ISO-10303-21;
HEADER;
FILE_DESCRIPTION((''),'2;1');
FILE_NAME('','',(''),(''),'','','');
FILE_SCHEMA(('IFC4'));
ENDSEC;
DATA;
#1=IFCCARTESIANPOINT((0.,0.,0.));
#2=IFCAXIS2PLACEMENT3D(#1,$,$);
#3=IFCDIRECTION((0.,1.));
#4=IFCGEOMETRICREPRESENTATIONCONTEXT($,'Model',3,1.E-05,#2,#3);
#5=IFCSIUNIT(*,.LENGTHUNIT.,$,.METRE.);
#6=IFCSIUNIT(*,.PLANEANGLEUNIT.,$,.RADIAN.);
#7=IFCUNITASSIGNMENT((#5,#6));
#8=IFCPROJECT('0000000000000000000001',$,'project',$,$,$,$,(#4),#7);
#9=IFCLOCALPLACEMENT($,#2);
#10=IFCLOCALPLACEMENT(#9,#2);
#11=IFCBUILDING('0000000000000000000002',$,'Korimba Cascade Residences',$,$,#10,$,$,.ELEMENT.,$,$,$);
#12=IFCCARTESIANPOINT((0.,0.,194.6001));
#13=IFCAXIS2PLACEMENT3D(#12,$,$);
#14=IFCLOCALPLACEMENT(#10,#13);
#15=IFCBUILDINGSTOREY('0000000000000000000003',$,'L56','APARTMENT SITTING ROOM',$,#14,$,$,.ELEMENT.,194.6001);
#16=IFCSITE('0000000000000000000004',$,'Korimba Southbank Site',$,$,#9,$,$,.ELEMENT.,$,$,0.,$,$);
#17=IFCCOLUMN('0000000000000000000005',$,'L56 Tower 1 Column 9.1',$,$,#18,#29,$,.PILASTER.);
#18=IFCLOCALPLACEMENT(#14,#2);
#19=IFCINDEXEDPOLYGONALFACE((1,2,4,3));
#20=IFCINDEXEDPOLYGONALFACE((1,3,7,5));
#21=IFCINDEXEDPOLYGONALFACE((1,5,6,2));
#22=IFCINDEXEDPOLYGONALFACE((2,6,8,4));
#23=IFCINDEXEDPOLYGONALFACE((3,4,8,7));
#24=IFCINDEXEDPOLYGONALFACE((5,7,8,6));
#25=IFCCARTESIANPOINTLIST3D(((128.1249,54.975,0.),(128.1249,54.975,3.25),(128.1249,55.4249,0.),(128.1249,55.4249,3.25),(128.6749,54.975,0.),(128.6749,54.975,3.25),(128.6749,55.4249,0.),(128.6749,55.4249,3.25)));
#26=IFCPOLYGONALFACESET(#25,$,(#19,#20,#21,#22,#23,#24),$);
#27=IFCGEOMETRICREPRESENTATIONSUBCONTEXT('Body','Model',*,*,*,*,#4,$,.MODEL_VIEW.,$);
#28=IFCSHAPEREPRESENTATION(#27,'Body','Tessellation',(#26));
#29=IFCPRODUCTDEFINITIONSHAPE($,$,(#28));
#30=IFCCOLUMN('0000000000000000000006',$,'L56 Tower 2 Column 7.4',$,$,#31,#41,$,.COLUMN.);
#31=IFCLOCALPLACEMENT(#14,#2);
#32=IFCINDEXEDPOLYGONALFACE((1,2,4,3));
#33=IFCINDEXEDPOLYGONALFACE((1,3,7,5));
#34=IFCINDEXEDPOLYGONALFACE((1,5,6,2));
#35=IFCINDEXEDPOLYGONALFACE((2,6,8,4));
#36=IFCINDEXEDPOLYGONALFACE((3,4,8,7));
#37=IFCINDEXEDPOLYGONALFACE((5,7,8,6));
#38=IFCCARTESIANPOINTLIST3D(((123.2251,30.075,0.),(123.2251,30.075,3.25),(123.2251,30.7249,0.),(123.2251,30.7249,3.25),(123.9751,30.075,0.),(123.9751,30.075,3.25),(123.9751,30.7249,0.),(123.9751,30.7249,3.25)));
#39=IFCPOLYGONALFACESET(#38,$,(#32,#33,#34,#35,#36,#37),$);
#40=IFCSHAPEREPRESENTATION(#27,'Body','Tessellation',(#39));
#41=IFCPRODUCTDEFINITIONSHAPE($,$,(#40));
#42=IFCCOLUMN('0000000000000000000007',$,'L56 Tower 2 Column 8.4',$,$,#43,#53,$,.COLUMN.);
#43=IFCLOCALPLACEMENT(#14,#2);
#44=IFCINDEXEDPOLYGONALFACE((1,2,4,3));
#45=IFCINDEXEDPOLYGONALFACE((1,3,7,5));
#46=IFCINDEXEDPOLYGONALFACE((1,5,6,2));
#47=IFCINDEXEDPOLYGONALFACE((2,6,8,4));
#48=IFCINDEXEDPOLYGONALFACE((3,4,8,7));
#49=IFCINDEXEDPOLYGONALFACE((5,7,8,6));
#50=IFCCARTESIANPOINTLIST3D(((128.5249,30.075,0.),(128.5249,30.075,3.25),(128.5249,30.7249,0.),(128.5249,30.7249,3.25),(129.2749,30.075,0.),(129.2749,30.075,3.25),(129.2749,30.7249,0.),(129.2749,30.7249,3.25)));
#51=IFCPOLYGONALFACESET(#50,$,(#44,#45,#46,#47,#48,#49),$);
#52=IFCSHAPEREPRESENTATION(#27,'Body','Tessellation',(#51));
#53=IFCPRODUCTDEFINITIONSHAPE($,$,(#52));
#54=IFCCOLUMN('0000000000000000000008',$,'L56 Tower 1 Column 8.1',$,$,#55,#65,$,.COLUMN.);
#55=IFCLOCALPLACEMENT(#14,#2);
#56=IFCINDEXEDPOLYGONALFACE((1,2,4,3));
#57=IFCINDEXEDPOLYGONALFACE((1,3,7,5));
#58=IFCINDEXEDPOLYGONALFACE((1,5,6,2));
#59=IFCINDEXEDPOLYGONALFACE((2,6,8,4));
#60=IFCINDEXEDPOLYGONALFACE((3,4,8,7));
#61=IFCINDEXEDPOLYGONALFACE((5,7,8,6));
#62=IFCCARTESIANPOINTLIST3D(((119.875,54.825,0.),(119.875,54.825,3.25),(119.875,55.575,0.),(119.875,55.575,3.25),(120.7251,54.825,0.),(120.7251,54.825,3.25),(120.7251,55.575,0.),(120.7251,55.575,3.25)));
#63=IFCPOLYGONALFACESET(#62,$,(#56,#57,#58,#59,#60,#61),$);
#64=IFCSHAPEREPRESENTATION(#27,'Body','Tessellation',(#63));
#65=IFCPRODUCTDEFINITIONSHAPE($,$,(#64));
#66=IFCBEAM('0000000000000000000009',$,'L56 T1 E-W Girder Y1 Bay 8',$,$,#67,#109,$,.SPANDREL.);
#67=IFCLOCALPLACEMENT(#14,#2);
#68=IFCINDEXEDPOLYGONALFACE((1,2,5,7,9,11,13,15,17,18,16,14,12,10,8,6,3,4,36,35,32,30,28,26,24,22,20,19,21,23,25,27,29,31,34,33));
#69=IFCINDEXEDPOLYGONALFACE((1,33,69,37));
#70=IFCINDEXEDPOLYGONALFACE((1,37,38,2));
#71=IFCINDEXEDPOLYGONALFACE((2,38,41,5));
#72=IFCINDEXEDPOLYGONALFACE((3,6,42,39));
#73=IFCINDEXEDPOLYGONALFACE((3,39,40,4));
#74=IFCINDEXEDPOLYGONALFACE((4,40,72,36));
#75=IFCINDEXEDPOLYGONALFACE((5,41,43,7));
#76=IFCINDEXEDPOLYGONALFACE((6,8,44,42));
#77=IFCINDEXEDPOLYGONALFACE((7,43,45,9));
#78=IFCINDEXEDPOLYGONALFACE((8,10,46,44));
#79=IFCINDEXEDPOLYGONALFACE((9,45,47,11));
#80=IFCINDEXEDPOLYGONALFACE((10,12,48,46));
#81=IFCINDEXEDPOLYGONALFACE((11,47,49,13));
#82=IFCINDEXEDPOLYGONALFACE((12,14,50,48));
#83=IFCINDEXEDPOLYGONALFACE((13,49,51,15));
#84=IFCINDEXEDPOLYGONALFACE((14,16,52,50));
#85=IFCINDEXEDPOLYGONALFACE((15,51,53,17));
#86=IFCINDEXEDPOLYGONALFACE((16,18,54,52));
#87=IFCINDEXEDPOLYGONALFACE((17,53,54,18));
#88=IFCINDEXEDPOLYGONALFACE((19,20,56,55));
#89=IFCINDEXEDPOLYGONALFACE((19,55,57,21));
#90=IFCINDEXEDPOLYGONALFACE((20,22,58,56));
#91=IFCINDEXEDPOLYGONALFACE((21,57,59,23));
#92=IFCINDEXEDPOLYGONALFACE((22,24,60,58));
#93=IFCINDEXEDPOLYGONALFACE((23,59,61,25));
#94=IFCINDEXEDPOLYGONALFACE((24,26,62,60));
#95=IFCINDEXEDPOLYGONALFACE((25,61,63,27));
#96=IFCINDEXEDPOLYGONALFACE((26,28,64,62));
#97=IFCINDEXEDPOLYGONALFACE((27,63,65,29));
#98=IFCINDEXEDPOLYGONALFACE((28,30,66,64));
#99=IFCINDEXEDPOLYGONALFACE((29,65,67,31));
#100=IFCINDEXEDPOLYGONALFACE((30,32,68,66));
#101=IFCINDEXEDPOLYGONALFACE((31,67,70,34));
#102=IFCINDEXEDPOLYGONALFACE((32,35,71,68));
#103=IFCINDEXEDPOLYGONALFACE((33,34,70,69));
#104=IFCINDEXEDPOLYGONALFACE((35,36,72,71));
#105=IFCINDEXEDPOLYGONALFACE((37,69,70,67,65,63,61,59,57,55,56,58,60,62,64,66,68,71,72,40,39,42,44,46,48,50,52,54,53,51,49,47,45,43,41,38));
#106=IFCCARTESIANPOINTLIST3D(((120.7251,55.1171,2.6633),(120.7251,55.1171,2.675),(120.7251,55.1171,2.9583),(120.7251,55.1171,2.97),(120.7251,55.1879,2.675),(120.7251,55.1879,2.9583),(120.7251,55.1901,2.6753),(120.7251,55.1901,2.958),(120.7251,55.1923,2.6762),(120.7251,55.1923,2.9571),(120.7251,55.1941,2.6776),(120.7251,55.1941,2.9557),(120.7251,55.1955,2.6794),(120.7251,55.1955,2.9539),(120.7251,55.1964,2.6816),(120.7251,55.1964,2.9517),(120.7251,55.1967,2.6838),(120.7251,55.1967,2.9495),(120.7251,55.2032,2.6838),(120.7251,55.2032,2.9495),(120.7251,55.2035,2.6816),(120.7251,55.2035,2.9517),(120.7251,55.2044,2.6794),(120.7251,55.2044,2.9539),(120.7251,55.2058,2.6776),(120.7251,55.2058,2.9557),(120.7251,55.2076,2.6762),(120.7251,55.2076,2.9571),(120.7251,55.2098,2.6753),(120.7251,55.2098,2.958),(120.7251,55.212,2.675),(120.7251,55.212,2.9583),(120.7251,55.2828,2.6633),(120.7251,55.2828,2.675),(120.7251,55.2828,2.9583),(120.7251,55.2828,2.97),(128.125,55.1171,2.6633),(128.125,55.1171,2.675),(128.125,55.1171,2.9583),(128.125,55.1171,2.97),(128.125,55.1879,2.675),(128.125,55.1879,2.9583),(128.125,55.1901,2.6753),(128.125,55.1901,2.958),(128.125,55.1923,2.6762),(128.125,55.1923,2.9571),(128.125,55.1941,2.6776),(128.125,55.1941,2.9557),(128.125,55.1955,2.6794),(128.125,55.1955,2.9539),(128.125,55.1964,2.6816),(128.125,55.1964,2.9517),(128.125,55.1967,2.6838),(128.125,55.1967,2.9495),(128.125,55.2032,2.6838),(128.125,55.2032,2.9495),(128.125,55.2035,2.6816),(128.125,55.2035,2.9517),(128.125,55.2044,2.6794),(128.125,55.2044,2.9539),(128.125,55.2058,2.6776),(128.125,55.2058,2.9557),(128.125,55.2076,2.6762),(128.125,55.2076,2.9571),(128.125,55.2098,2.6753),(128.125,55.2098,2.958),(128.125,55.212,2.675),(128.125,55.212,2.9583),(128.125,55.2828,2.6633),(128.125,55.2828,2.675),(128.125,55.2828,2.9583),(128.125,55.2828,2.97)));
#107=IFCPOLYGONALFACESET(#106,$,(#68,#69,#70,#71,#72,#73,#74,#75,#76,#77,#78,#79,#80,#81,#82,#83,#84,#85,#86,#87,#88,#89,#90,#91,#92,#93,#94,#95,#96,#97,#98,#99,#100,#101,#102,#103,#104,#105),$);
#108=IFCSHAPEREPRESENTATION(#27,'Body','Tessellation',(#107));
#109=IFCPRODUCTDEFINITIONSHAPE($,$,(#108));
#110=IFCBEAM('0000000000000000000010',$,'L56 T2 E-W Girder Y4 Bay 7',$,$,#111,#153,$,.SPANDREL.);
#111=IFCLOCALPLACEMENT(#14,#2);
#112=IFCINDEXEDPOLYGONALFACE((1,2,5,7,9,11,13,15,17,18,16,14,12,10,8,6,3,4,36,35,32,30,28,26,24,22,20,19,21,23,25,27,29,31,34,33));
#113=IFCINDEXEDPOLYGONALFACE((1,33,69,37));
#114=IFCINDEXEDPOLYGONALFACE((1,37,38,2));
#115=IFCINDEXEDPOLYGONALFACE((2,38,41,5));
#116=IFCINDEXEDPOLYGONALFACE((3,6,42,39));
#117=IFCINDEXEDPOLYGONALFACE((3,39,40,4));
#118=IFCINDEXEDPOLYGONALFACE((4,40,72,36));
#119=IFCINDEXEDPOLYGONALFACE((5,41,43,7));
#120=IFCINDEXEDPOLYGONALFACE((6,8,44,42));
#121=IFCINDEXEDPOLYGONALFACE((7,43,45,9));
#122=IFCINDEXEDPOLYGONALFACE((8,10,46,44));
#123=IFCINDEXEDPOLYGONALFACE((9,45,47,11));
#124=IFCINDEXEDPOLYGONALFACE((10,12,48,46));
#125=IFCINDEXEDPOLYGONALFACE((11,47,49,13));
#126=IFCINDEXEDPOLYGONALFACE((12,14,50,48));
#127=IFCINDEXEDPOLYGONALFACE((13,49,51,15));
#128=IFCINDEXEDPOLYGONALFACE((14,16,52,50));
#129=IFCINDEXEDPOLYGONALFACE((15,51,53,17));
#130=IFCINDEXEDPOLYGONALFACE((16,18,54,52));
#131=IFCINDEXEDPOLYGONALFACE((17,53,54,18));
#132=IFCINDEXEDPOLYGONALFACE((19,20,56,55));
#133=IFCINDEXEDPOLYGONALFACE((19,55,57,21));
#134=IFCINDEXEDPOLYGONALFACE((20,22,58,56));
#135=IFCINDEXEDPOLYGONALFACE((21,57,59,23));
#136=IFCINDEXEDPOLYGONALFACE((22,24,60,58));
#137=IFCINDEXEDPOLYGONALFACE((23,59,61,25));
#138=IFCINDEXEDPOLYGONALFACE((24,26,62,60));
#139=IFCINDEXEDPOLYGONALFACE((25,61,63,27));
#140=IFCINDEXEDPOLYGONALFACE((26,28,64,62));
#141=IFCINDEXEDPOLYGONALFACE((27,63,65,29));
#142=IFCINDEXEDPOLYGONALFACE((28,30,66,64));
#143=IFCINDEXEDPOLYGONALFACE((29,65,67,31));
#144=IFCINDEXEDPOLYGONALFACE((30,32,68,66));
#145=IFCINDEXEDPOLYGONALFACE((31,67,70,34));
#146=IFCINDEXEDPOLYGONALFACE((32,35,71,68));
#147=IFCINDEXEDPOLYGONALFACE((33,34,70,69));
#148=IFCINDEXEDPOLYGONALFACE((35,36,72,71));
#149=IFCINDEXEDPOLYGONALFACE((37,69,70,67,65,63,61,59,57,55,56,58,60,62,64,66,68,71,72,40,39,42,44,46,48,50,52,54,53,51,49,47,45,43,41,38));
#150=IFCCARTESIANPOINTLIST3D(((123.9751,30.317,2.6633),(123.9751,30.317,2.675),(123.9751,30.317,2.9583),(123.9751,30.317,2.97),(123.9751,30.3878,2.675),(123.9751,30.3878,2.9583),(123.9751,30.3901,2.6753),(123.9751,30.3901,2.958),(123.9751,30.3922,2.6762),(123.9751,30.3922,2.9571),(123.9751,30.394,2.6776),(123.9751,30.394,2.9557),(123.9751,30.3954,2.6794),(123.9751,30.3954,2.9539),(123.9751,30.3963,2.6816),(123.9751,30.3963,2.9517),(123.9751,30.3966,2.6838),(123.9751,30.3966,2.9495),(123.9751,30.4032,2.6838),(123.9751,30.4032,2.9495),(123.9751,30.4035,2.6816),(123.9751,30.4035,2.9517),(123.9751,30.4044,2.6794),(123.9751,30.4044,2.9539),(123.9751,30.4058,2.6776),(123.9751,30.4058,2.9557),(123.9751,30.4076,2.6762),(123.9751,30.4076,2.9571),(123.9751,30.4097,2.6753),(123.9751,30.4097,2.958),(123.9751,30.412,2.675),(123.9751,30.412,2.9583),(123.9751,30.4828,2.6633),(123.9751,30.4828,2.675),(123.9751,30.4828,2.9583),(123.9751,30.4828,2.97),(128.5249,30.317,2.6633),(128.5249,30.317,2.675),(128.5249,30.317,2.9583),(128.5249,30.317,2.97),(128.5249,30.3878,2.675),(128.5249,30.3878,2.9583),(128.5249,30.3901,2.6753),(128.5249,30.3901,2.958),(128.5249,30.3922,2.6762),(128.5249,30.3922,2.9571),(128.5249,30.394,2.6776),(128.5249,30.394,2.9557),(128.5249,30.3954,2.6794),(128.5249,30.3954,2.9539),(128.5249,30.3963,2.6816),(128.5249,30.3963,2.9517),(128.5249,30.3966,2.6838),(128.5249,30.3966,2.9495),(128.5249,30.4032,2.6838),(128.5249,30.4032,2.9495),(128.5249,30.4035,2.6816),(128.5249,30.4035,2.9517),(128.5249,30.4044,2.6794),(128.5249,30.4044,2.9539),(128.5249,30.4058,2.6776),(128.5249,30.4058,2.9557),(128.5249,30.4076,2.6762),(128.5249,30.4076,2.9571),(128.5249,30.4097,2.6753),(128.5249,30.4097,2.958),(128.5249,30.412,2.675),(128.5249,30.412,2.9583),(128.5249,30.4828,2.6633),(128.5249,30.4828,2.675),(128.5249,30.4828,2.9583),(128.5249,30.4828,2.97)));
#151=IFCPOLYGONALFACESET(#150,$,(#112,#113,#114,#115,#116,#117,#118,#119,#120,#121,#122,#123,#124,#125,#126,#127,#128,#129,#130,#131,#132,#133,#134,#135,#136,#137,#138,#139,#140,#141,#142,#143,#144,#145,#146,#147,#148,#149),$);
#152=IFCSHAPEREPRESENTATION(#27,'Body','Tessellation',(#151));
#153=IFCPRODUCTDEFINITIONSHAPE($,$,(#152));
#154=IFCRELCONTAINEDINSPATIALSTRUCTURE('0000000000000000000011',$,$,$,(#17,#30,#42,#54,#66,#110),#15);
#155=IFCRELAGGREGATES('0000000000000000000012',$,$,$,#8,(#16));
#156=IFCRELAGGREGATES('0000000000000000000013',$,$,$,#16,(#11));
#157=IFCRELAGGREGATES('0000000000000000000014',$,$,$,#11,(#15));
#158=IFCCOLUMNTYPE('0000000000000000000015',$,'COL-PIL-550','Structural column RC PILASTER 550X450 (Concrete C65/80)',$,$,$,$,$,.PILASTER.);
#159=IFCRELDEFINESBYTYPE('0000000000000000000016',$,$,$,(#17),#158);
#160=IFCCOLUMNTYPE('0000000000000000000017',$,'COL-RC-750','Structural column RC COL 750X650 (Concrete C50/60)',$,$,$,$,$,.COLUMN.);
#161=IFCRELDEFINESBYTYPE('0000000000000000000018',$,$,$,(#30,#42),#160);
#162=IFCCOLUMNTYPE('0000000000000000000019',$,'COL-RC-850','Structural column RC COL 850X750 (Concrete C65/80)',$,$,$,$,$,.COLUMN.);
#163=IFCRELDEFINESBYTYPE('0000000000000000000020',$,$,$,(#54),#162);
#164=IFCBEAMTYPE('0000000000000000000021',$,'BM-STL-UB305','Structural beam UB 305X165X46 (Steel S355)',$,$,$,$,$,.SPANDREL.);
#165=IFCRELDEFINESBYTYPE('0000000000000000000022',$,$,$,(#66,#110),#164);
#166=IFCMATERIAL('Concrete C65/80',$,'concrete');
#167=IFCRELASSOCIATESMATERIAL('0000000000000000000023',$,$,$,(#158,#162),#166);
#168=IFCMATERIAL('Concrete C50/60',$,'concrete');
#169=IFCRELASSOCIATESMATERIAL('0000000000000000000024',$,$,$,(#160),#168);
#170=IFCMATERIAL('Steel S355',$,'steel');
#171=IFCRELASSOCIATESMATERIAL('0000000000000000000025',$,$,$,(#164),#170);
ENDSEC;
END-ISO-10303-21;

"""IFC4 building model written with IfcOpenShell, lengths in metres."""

from ifc_helpers import new_model, si_unit, direction, frame, origin, origin_2d, place, context, subcontext, project, spatial, rectangle, i_section, extrude, material, material_profile, profile_set, type_object, element, save


model = new_model("IFC4")

# Units and contexts
model_context = context("Model", 3, precision=1e-05, world=origin(), true_north=direction((0.0, 1.0)))
body_context = subcontext(model_context, "Body", "Model", "MODEL_VIEW")
ifc_project = project(units=[si_unit("LENGTHUNIT", "METRE"), si_unit("PLANEANGLEUNIT", "RADIAN")], contexts=[model_context])

# Site, building, storey
site_placement = place(None, origin())
site = spatial("IfcSite", under=ifc_project, at=site_placement, Name="Korimba Southbank Site", CompositionType="ELEMENT", RefElevation=0.0)
building_placement = place(site_placement, origin())
building = spatial("IfcBuilding", under=site, at=building_placement, Name="Korimba Cascade Residences", CompositionType="ELEMENT")
storey_placement = place(building_placement, frame((0.0, 0.0, 194.6001)))
storey = spatial("IfcBuildingStorey", under=building, at=storey_placement, Name="L56", Description="APARTMENT SITTING ROOM", CompositionType="ELEMENT", Elevation=194.6001)

# Columns
ifc_material_1 = material(Name="Concrete C65/80", Category="concrete")
ifc_material_profile_1 = material_profile(ifc_material_1, rectangle(XDim=0.55, YDim=0.45, at=origin_2d()), Name="Concrete C65/80")
ifc_profile_set_1 = profile_set([ifc_material_profile_1], Name="Concrete C65/80")
column_type_1 = type_object("IfcColumnType", Name="COL-PIL-550", Description="Structural column RC PILASTER 550X450 (Concrete C65/80)", PredefinedType="PILASTER", material=ifc_profile_set_1)
column_1_placement = place(storey_placement, frame((128.3999, 55.2, 0.0), z_axis=(0.0, 0.0, 1.0), x_axis=(1.0, 0.0, 0.0)))
element("IfcColumn", 1, at=column_1_placement, inside=storey, type_object=column_type_1, Name="L56 Tower 1 Column 9.1", PredefinedType="PILASTER", context=body_context, shape_type="SweptSolid", body=[
    extrude(rectangle(XDim=0.55, YDim=0.45, at=origin_2d()), origin(), (0.0, 0.0, 1.0), 3.25),
])
ifc_material_2 = material(Name="Concrete C50/60", Category="concrete")
ifc_material_profile_2 = material_profile(ifc_material_2, rectangle(XDim=0.75, YDim=0.6499, at=origin_2d()), Name="Concrete C50/60")
ifc_profile_set_2 = profile_set([ifc_material_profile_2], Name="Concrete C50/60")
column_type_2 = type_object("IfcColumnType", Name="COL-RC-750", Description="Structural column RC COL 750X650 (Concrete C50/60)", PredefinedType="COLUMN", material=ifc_profile_set_2)
for number, where, z_axis, x_axis, name in (
    (2, (123.6001, 30.3999, 0.0), (0.0, 0.0, 1.0), (1.0, 0.0, 0.0), "L56 Tower 2 Column 7.4"),
    (3, (128.8999, 30.3999, 0.0), (0.0, 0.0, 1.0), (1.0, 0.0, 0.0), "L56 Tower 2 Column 8.4"),
):
    element("IfcColumn", number, at=place(storey_placement, frame(where, z_axis=z_axis, x_axis=x_axis)), inside=storey, type_object=column_type_2, Name=name, PredefinedType="COLUMN", context=body_context, shape_type="SweptSolid", body=[
        extrude(rectangle(XDim=0.75, YDim=0.6499, at=origin_2d()), origin(), (0.0, 0.0, 1.0), 3.25),
    ])
ifc_material_profile_3 = material_profile(ifc_material_1, rectangle(XDim=0.8501, YDim=0.75, at=origin_2d()), Name="Concrete C65/80")
ifc_profile_set_3 = profile_set([ifc_material_profile_3], Name="Concrete C65/80")
column_type_3 = type_object("IfcColumnType", Name="COL-RC-850", Description="Structural column RC COL 850X750 (Concrete C65/80)", PredefinedType="COLUMN", material=ifc_profile_set_3)
column_2_placement = place(storey_placement, frame((120.3, 55.2, 0.0), z_axis=(0.0, 0.0, 1.0), x_axis=(1.0, 0.0, 0.0)))
element("IfcColumn", 4, at=column_2_placement, inside=storey, type_object=column_type_3, Name="L56 Tower 1 Column 8.1", PredefinedType="COLUMN", context=body_context, shape_type="SweptSolid", body=[
    extrude(rectangle(XDim=0.8501, YDim=0.75, at=origin_2d()), origin(), (0.0, 0.0, 1.0), 3.25),
])

# Beams
ifc_material_3 = material(Name="Steel S355", Category="steel")
ifc_material_profile_4 = material_profile(ifc_material_3, i_section(OverallWidth=0.1658, OverallDepth=0.3066, WebThickness=0.0066, FlangeThickness=0.0117, FilletRadius=0.0088, at=origin_2d()), Name="Steel S355")
ifc_profile_set_4 = profile_set([ifc_material_profile_4], Name="Steel S355")
beam_type_1 = type_object("IfcBeamType", Name="BM-STL-UB305", Description="Structural beam UB 305X165X46 (Steel S355)", PredefinedType="SPANDREL", material=ifc_profile_set_4)
beam_1_placement = place(storey_placement, frame((120.7251, 55.2, 2.8167), z_axis=(1.0, 0.0, 0.0), x_axis=(0.0, 1.0, 0.0)))
element("IfcBeam", 5, at=beam_1_placement, inside=storey, type_object=beam_type_1, Name="L56 T1 E-W Girder Y1 Bay 8", PredefinedType="SPANDREL", context=body_context, shape_type="SweptSolid", body=[
    extrude(i_section(OverallWidth=0.1658, OverallDepth=0.3066, WebThickness=0.0066, FlangeThickness=0.0117, FilletRadius=0.0088, at=origin_2d()), origin(), (0.0, 0.0, 1.0), 7.3999),
])
beam_2_placement = place(storey_placement, frame((123.9751, 30.3999, 2.8167), z_axis=(1.0, 0.0, 0.0), x_axis=(0.0, 1.0, 0.0)))
element("IfcBeam", 6, at=beam_2_placement, inside=storey, type_object=beam_type_1, Name="L56 T2 E-W Girder Y4 Bay 7", PredefinedType="SPANDREL", context=body_context, shape_type="SweptSolid", body=[
    extrude(i_section(OverallWidth=0.1658, OverallDepth=0.3066, WebThickness=0.0066, FlangeThickness=0.0117, FilletRadius=0.0088, at=origin_2d()), origin(), (0.0, 0.0, 1.0), 4.5498),
])

save(model, "model.ifc")
